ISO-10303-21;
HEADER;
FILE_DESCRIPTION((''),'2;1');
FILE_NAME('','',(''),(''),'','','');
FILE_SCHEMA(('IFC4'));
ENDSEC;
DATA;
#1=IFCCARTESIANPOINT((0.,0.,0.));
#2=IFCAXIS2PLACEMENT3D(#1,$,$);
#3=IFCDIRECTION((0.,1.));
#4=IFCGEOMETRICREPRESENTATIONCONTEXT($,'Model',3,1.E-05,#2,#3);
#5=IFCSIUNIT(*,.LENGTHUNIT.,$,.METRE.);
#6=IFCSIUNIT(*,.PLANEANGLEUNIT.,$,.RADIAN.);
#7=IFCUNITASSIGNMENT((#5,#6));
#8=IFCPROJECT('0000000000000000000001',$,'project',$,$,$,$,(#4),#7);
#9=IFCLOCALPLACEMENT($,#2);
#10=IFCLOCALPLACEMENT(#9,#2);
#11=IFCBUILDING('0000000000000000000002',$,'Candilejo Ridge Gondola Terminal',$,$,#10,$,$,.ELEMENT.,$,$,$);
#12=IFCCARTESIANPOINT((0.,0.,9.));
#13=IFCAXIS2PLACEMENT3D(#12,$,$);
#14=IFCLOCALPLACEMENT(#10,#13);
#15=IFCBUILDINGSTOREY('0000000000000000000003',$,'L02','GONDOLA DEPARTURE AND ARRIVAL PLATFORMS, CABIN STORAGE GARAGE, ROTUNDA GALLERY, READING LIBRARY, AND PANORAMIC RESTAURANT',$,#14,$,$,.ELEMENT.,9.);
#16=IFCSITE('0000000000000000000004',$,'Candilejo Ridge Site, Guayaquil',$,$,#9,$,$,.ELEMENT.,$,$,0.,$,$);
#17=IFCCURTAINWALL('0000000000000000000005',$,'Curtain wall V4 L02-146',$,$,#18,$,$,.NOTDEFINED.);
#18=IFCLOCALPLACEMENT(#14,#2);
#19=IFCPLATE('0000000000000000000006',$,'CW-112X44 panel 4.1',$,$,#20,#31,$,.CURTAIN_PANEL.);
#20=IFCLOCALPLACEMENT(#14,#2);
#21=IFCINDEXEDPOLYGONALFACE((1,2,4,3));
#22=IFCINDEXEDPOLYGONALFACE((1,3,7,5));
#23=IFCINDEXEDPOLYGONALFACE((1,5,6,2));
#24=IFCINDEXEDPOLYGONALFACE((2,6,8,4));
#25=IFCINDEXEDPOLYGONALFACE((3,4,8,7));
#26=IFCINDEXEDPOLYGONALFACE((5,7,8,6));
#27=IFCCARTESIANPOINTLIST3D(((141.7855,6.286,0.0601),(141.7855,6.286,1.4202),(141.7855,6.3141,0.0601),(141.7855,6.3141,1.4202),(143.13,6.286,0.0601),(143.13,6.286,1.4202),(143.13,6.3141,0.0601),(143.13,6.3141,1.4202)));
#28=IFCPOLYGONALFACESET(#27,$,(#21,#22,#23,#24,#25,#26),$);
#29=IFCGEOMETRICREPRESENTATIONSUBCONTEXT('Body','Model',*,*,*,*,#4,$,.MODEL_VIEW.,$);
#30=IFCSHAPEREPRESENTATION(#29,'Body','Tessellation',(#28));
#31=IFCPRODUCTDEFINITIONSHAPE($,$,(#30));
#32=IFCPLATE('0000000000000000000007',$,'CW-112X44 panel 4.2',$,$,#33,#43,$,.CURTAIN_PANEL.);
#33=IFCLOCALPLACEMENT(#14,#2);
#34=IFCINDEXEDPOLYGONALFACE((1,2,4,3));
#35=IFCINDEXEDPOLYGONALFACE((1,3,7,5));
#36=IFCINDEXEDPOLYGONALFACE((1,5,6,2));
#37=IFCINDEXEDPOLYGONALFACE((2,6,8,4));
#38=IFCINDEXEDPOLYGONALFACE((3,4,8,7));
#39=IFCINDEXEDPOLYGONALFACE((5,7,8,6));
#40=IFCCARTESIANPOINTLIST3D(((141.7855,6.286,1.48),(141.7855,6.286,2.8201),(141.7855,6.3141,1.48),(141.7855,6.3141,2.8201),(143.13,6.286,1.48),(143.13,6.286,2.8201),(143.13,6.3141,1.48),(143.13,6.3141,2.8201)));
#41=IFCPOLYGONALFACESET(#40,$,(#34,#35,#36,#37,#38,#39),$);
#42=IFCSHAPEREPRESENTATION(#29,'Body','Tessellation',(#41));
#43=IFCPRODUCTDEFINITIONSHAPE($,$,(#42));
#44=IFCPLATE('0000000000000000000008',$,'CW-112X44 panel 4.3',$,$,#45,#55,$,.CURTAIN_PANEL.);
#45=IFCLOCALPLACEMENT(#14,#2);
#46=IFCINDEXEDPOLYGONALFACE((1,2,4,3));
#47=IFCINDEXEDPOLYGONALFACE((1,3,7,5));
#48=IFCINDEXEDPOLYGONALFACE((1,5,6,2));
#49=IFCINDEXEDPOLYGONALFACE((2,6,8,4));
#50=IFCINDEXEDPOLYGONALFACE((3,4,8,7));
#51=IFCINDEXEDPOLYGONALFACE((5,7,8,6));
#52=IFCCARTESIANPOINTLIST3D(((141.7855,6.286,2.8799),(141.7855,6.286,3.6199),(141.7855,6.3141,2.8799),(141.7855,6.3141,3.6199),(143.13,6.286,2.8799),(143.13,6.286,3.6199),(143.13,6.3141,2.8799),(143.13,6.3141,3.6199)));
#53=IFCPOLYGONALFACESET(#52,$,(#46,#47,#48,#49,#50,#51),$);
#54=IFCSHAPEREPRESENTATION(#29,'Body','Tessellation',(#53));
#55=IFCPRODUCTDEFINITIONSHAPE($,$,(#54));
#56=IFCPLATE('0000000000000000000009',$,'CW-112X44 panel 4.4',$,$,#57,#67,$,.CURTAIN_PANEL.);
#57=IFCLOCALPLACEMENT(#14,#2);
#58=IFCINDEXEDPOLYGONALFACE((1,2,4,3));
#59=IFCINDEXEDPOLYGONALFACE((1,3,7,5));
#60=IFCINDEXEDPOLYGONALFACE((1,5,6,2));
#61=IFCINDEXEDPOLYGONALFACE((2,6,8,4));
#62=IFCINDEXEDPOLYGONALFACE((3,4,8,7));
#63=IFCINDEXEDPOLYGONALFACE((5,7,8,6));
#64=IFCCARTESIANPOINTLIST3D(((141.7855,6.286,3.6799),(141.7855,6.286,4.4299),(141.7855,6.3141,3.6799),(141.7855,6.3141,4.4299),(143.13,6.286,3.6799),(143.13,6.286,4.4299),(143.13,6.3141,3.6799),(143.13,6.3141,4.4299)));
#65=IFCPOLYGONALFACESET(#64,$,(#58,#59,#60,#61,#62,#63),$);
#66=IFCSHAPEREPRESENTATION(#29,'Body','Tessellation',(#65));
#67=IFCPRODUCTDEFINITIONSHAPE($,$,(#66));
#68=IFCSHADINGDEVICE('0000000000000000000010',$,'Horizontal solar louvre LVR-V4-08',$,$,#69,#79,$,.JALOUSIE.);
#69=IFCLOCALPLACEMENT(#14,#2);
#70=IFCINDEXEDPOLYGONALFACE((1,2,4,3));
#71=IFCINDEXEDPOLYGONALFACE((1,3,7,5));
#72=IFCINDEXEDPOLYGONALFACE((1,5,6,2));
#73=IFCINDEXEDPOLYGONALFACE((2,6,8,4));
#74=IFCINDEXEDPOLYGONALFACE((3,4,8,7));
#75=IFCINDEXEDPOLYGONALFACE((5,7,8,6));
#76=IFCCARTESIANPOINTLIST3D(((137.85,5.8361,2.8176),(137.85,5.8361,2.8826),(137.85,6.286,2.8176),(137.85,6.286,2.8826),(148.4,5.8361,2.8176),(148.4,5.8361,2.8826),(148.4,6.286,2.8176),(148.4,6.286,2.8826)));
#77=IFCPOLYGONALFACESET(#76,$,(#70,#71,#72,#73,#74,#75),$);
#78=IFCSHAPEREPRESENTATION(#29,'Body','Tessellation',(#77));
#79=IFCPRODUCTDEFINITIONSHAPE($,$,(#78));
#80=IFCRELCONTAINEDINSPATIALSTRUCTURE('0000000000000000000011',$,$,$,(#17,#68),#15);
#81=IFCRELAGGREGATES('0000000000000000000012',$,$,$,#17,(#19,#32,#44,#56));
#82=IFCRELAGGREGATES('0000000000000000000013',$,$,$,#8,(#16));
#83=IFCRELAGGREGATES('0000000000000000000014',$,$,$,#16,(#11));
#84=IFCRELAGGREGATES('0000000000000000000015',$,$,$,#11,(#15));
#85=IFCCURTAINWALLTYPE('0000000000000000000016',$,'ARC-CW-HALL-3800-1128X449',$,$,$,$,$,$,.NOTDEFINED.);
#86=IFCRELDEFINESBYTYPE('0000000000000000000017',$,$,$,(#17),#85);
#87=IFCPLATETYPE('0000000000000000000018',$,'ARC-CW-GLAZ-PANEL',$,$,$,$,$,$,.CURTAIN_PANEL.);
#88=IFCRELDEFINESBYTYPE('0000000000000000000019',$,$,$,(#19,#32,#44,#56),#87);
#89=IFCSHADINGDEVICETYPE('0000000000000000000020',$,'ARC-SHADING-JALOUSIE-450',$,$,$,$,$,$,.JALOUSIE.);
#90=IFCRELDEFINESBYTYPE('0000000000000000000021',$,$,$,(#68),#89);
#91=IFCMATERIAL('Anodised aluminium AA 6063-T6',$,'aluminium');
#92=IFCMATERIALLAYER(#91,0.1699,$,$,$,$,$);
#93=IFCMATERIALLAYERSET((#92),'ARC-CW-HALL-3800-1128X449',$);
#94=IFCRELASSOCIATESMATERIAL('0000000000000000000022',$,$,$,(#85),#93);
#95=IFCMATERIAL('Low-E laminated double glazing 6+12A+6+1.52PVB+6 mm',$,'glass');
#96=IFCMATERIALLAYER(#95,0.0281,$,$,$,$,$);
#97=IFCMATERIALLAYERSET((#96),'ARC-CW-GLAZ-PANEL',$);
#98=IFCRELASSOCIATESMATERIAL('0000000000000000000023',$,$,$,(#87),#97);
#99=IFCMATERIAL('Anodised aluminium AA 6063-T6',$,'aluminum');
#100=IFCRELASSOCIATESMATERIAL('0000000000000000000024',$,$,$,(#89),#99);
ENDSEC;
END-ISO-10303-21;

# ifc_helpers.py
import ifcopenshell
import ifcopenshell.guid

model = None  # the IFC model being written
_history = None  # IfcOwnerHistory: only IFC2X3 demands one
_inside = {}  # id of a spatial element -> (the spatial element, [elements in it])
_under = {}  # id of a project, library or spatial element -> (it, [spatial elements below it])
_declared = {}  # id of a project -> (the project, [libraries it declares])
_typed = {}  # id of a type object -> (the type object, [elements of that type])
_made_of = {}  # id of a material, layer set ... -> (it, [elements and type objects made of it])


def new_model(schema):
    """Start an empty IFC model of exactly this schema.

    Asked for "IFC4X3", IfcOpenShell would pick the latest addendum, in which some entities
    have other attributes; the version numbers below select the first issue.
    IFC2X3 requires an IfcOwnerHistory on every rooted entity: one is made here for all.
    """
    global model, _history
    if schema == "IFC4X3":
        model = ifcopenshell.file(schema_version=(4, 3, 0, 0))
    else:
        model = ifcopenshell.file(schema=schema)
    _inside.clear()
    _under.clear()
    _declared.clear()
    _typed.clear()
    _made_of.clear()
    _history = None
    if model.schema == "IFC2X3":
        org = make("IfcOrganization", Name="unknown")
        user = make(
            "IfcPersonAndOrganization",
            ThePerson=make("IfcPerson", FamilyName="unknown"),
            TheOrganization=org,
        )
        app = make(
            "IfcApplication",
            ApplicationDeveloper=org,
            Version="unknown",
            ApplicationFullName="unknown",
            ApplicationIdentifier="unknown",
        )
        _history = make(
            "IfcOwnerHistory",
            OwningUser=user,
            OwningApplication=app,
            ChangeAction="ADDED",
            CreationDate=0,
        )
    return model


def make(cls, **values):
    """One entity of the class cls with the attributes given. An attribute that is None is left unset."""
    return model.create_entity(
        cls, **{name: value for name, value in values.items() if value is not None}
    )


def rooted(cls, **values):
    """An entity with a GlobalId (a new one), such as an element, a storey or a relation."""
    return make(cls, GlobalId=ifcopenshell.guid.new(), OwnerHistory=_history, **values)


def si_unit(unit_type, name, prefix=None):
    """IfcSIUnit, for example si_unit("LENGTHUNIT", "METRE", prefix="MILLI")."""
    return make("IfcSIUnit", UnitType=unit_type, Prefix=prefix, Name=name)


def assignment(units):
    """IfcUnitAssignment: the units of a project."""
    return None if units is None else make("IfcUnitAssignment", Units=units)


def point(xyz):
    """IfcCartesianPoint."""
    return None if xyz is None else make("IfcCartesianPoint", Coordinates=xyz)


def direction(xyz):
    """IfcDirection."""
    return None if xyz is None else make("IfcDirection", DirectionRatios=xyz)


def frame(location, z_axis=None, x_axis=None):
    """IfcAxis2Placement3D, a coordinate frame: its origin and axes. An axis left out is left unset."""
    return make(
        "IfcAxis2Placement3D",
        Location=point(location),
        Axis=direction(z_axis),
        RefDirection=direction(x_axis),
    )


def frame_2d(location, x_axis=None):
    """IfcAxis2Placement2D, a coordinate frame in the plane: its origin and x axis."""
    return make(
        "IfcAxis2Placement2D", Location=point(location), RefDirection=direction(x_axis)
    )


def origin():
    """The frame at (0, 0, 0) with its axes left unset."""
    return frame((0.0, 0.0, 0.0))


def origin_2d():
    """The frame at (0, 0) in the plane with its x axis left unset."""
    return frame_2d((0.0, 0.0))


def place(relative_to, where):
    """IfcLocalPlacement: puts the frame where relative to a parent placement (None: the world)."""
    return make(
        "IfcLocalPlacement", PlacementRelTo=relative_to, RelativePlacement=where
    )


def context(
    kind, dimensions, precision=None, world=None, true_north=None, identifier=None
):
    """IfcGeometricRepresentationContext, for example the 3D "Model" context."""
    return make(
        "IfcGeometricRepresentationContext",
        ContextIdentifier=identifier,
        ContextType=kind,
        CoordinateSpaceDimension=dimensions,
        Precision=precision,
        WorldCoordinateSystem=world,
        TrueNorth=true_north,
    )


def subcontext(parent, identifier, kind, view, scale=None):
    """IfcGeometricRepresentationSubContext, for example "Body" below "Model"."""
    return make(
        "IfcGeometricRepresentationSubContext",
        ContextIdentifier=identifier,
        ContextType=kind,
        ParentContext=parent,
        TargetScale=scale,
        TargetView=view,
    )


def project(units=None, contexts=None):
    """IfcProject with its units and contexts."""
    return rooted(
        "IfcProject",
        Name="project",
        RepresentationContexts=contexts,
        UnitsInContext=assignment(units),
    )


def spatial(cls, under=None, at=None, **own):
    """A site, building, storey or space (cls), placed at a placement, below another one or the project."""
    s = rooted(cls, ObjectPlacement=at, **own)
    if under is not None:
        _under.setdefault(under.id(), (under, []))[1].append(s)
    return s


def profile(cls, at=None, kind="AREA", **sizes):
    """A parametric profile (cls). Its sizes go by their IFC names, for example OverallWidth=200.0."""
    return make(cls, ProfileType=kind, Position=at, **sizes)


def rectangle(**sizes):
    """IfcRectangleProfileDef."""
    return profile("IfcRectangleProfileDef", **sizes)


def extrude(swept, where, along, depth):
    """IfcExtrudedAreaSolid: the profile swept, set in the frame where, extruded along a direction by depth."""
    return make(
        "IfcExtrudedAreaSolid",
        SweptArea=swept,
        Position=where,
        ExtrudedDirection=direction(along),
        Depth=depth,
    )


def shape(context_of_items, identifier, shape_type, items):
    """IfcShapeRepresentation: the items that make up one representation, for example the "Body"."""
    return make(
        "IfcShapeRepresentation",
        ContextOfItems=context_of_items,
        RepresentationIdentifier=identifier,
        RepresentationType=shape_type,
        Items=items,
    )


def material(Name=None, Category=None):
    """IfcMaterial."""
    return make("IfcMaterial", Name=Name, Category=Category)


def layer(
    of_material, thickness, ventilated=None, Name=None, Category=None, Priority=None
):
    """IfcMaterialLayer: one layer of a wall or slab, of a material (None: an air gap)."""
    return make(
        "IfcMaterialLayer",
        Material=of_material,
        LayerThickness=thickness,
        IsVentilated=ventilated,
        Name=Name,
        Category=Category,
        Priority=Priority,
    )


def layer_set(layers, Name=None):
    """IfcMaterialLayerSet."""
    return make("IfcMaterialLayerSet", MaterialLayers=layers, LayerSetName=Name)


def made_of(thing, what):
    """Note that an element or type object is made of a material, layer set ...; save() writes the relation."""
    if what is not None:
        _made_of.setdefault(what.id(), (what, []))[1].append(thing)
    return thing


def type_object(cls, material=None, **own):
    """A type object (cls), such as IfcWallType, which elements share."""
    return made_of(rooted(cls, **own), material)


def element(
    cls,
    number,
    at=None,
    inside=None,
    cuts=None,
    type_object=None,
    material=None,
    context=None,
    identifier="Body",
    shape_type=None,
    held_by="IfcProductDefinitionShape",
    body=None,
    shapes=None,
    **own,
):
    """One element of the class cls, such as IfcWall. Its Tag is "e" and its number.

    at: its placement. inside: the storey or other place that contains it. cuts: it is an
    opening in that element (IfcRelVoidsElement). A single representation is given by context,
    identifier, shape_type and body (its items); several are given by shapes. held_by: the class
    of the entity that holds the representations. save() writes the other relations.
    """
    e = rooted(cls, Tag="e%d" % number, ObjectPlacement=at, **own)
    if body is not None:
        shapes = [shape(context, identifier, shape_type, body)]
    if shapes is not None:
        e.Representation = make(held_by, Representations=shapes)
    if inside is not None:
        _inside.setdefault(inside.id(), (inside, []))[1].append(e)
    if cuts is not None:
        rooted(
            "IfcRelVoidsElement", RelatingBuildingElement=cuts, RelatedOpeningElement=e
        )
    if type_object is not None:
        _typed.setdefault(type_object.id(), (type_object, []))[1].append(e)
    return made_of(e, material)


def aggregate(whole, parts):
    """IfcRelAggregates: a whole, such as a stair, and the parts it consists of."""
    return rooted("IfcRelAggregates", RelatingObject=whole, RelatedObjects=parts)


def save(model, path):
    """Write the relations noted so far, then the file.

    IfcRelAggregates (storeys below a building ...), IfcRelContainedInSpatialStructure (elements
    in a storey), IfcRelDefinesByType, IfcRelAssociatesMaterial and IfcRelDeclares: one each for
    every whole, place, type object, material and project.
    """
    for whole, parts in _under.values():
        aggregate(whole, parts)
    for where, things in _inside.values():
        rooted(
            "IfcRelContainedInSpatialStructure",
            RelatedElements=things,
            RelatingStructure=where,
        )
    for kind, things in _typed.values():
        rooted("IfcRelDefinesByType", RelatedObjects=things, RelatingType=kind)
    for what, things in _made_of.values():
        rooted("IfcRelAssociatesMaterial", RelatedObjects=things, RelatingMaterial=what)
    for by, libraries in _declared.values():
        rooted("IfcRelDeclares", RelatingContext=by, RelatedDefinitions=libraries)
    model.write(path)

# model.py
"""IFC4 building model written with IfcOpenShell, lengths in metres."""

from ifc_helpers import new_model, si_unit, direction, frame, origin, origin_2d, place, context, subcontext, project, spatial, rectangle, extrude, material, layer, layer_set, type_object, element, aggregate, save


model = new_model("IFC4")

# Units and contexts
model_context = context("Model", 3, precision=1e-05, world=origin(), true_north=direction((0.0, 1.0)))
body_context = subcontext(model_context, "Body", "Model", "MODEL_VIEW")
ifc_project = project(units=[si_unit("LENGTHUNIT", "METRE"), si_unit("PLANEANGLEUNIT", "RADIAN")], contexts=[model_context])

# Site, building, storey
site_placement = place(None, origin())
site = spatial("IfcSite", under=ifc_project, at=site_placement, Name="Candilejo Ridge Site, Guayaquil", CompositionType="ELEMENT", RefElevation=0.0)
building_placement = place(site_placement, origin())
building = spatial("IfcBuilding", under=site, at=building_placement, Name="Candilejo Ridge Gondola Terminal", CompositionType="ELEMENT")
storey_placement = place(building_placement, frame((0.0, 0.0, 9.0)))
storey = spatial("IfcBuildingStorey", under=building, at=storey_placement, Name="L02", Description="GONDOLA DEPARTURE AND ARRIVAL PLATFORMS, CABIN STORAGE GARAGE, ROTUNDA GALLERY, READING LIBRARY, AND PANORAMIC RESTAURANT", CompositionType="ELEMENT", Elevation=9.0)

# Curtain wall, plates
ifc_material_1 = material(Name="Anodised aluminium AA 6063-T6", Category="aluminium")
ifc_layer_1 = layer(ifc_material_1, 0.1699)
ifc_layer_set_1 = layer_set([ifc_layer_1], Name="ARC-CW-HALL-3800-1128X449")
curtain_wall_type = type_object("IfcCurtainWallType", Name="ARC-CW-HALL-3800-1128X449", PredefinedType="NOTDEFINED", material=ifc_layer_set_1)
curtain_wall_placement = place(storey_placement, origin())
curtain_wall = element("IfcCurtainWall", 1, at=curtain_wall_placement, inside=storey, type_object=curtain_wall_type, Name="Curtain wall V4 L02-146", PredefinedType="NOTDEFINED")
ifc_material_2 = material(Name="Low-E laminated double glazing 6+12A+6+1.52PVB+6 mm", Category="glass")
ifc_layer_2 = layer(ifc_material_2, 0.0281)
ifc_layer_set_2 = layer_set([ifc_layer_2], Name="ARC-CW-GLAZ-PANEL")
plate_type = type_object("IfcPlateType", Name="ARC-CW-GLAZ-PANEL", PredefinedType="CURTAIN_PANEL", material=ifc_layer_set_2)
plate_1_placement = place(storey_placement, frame((142.4578, 6.3, 0.0601), z_axis=(0.0, 0.0, 1.0), x_axis=(1.0, 0.0, 0.0)))
plate_1 = element("IfcPlate", 2, at=plate_1_placement, type_object=plate_type, Name="CW-112X44 panel 4.1", PredefinedType="CURTAIN_PANEL", context=body_context, shape_type="SweptSolid", body=[
    extrude(rectangle(XDim=1.3445, YDim=0.0281, at=origin_2d()), origin(), (0.0, 0.0, 1.0), 1.3601),
])
plate_2_placement = place(storey_placement, frame((142.4578, 6.3, 1.48), z_axis=(0.0, 0.0, 1.0), x_axis=(1.0, 0.0, 0.0)))
plate_2 = element("IfcPlate", 3, at=plate_2_placement, type_object=plate_type, Name="CW-112X44 panel 4.2", PredefinedType="CURTAIN_PANEL", context=body_context, shape_type="SweptSolid", body=[
    extrude(rectangle(XDim=1.3445, YDim=0.0281, at=origin_2d()), origin(), (0.0, 0.0, 1.0), 1.3401),
])
plate_3_placement = place(storey_placement, frame((142.4578, 6.3, 2.8799), z_axis=(0.0, 0.0, 1.0), x_axis=(1.0, 0.0, 0.0)))
plate_3 = element("IfcPlate", 4, at=plate_3_placement, type_object=plate_type, Name="CW-112X44 panel 4.3", PredefinedType="CURTAIN_PANEL", context=body_context, shape_type="SweptSolid", body=[
    extrude(rectangle(XDim=1.3445, YDim=0.0281, at=origin_2d()), origin(), (0.0, 0.0, 1.0), 0.74),
])
plate_4_placement = place(storey_placement, frame((142.4578, 6.3, 3.6799), z_axis=(0.0, 0.0, 1.0), x_axis=(1.0, 0.0, 0.0)))
plate_4 = element("IfcPlate", 5, at=plate_4_placement, type_object=plate_type, Name="CW-112X44 panel 4.4", PredefinedType="CURTAIN_PANEL", context=body_context, shape_type="SweptSolid", body=[
    extrude(rectangle(XDim=1.3445, YDim=0.0281, at=origin_2d()), origin(), (0.0, 0.0, 1.0), 0.75),
])
aggregate(curtain_wall, [plate_1, plate_2, plate_3, plate_4])

# Shading device
ifc_material_3 = material(Name="Anodised aluminium AA 6063-T6", Category="aluminum")
shading_device_type = type_object("IfcShadingDeviceType", Name="ARC-SHADING-JALOUSIE-450", PredefinedType="JALOUSIE", material=ifc_material_3)
shading_device_placement = place(storey_placement, frame((143.125, 6.061, 2.8176)))
element("IfcShadingDevice", 6, at=shading_device_placement, inside=storey, type_object=shading_device_type, Name="Horizontal solar louvre LVR-V4-08", PredefinedType="JALOUSIE", context=body_context, shape_type="SweptSolid", body=[
    extrude(rectangle(XDim=10.55, YDim=0.45, at=origin_2d()), origin(), (0.0, 0.0, 1.0), 0.0649),
])

save(model, "model.ifc")
